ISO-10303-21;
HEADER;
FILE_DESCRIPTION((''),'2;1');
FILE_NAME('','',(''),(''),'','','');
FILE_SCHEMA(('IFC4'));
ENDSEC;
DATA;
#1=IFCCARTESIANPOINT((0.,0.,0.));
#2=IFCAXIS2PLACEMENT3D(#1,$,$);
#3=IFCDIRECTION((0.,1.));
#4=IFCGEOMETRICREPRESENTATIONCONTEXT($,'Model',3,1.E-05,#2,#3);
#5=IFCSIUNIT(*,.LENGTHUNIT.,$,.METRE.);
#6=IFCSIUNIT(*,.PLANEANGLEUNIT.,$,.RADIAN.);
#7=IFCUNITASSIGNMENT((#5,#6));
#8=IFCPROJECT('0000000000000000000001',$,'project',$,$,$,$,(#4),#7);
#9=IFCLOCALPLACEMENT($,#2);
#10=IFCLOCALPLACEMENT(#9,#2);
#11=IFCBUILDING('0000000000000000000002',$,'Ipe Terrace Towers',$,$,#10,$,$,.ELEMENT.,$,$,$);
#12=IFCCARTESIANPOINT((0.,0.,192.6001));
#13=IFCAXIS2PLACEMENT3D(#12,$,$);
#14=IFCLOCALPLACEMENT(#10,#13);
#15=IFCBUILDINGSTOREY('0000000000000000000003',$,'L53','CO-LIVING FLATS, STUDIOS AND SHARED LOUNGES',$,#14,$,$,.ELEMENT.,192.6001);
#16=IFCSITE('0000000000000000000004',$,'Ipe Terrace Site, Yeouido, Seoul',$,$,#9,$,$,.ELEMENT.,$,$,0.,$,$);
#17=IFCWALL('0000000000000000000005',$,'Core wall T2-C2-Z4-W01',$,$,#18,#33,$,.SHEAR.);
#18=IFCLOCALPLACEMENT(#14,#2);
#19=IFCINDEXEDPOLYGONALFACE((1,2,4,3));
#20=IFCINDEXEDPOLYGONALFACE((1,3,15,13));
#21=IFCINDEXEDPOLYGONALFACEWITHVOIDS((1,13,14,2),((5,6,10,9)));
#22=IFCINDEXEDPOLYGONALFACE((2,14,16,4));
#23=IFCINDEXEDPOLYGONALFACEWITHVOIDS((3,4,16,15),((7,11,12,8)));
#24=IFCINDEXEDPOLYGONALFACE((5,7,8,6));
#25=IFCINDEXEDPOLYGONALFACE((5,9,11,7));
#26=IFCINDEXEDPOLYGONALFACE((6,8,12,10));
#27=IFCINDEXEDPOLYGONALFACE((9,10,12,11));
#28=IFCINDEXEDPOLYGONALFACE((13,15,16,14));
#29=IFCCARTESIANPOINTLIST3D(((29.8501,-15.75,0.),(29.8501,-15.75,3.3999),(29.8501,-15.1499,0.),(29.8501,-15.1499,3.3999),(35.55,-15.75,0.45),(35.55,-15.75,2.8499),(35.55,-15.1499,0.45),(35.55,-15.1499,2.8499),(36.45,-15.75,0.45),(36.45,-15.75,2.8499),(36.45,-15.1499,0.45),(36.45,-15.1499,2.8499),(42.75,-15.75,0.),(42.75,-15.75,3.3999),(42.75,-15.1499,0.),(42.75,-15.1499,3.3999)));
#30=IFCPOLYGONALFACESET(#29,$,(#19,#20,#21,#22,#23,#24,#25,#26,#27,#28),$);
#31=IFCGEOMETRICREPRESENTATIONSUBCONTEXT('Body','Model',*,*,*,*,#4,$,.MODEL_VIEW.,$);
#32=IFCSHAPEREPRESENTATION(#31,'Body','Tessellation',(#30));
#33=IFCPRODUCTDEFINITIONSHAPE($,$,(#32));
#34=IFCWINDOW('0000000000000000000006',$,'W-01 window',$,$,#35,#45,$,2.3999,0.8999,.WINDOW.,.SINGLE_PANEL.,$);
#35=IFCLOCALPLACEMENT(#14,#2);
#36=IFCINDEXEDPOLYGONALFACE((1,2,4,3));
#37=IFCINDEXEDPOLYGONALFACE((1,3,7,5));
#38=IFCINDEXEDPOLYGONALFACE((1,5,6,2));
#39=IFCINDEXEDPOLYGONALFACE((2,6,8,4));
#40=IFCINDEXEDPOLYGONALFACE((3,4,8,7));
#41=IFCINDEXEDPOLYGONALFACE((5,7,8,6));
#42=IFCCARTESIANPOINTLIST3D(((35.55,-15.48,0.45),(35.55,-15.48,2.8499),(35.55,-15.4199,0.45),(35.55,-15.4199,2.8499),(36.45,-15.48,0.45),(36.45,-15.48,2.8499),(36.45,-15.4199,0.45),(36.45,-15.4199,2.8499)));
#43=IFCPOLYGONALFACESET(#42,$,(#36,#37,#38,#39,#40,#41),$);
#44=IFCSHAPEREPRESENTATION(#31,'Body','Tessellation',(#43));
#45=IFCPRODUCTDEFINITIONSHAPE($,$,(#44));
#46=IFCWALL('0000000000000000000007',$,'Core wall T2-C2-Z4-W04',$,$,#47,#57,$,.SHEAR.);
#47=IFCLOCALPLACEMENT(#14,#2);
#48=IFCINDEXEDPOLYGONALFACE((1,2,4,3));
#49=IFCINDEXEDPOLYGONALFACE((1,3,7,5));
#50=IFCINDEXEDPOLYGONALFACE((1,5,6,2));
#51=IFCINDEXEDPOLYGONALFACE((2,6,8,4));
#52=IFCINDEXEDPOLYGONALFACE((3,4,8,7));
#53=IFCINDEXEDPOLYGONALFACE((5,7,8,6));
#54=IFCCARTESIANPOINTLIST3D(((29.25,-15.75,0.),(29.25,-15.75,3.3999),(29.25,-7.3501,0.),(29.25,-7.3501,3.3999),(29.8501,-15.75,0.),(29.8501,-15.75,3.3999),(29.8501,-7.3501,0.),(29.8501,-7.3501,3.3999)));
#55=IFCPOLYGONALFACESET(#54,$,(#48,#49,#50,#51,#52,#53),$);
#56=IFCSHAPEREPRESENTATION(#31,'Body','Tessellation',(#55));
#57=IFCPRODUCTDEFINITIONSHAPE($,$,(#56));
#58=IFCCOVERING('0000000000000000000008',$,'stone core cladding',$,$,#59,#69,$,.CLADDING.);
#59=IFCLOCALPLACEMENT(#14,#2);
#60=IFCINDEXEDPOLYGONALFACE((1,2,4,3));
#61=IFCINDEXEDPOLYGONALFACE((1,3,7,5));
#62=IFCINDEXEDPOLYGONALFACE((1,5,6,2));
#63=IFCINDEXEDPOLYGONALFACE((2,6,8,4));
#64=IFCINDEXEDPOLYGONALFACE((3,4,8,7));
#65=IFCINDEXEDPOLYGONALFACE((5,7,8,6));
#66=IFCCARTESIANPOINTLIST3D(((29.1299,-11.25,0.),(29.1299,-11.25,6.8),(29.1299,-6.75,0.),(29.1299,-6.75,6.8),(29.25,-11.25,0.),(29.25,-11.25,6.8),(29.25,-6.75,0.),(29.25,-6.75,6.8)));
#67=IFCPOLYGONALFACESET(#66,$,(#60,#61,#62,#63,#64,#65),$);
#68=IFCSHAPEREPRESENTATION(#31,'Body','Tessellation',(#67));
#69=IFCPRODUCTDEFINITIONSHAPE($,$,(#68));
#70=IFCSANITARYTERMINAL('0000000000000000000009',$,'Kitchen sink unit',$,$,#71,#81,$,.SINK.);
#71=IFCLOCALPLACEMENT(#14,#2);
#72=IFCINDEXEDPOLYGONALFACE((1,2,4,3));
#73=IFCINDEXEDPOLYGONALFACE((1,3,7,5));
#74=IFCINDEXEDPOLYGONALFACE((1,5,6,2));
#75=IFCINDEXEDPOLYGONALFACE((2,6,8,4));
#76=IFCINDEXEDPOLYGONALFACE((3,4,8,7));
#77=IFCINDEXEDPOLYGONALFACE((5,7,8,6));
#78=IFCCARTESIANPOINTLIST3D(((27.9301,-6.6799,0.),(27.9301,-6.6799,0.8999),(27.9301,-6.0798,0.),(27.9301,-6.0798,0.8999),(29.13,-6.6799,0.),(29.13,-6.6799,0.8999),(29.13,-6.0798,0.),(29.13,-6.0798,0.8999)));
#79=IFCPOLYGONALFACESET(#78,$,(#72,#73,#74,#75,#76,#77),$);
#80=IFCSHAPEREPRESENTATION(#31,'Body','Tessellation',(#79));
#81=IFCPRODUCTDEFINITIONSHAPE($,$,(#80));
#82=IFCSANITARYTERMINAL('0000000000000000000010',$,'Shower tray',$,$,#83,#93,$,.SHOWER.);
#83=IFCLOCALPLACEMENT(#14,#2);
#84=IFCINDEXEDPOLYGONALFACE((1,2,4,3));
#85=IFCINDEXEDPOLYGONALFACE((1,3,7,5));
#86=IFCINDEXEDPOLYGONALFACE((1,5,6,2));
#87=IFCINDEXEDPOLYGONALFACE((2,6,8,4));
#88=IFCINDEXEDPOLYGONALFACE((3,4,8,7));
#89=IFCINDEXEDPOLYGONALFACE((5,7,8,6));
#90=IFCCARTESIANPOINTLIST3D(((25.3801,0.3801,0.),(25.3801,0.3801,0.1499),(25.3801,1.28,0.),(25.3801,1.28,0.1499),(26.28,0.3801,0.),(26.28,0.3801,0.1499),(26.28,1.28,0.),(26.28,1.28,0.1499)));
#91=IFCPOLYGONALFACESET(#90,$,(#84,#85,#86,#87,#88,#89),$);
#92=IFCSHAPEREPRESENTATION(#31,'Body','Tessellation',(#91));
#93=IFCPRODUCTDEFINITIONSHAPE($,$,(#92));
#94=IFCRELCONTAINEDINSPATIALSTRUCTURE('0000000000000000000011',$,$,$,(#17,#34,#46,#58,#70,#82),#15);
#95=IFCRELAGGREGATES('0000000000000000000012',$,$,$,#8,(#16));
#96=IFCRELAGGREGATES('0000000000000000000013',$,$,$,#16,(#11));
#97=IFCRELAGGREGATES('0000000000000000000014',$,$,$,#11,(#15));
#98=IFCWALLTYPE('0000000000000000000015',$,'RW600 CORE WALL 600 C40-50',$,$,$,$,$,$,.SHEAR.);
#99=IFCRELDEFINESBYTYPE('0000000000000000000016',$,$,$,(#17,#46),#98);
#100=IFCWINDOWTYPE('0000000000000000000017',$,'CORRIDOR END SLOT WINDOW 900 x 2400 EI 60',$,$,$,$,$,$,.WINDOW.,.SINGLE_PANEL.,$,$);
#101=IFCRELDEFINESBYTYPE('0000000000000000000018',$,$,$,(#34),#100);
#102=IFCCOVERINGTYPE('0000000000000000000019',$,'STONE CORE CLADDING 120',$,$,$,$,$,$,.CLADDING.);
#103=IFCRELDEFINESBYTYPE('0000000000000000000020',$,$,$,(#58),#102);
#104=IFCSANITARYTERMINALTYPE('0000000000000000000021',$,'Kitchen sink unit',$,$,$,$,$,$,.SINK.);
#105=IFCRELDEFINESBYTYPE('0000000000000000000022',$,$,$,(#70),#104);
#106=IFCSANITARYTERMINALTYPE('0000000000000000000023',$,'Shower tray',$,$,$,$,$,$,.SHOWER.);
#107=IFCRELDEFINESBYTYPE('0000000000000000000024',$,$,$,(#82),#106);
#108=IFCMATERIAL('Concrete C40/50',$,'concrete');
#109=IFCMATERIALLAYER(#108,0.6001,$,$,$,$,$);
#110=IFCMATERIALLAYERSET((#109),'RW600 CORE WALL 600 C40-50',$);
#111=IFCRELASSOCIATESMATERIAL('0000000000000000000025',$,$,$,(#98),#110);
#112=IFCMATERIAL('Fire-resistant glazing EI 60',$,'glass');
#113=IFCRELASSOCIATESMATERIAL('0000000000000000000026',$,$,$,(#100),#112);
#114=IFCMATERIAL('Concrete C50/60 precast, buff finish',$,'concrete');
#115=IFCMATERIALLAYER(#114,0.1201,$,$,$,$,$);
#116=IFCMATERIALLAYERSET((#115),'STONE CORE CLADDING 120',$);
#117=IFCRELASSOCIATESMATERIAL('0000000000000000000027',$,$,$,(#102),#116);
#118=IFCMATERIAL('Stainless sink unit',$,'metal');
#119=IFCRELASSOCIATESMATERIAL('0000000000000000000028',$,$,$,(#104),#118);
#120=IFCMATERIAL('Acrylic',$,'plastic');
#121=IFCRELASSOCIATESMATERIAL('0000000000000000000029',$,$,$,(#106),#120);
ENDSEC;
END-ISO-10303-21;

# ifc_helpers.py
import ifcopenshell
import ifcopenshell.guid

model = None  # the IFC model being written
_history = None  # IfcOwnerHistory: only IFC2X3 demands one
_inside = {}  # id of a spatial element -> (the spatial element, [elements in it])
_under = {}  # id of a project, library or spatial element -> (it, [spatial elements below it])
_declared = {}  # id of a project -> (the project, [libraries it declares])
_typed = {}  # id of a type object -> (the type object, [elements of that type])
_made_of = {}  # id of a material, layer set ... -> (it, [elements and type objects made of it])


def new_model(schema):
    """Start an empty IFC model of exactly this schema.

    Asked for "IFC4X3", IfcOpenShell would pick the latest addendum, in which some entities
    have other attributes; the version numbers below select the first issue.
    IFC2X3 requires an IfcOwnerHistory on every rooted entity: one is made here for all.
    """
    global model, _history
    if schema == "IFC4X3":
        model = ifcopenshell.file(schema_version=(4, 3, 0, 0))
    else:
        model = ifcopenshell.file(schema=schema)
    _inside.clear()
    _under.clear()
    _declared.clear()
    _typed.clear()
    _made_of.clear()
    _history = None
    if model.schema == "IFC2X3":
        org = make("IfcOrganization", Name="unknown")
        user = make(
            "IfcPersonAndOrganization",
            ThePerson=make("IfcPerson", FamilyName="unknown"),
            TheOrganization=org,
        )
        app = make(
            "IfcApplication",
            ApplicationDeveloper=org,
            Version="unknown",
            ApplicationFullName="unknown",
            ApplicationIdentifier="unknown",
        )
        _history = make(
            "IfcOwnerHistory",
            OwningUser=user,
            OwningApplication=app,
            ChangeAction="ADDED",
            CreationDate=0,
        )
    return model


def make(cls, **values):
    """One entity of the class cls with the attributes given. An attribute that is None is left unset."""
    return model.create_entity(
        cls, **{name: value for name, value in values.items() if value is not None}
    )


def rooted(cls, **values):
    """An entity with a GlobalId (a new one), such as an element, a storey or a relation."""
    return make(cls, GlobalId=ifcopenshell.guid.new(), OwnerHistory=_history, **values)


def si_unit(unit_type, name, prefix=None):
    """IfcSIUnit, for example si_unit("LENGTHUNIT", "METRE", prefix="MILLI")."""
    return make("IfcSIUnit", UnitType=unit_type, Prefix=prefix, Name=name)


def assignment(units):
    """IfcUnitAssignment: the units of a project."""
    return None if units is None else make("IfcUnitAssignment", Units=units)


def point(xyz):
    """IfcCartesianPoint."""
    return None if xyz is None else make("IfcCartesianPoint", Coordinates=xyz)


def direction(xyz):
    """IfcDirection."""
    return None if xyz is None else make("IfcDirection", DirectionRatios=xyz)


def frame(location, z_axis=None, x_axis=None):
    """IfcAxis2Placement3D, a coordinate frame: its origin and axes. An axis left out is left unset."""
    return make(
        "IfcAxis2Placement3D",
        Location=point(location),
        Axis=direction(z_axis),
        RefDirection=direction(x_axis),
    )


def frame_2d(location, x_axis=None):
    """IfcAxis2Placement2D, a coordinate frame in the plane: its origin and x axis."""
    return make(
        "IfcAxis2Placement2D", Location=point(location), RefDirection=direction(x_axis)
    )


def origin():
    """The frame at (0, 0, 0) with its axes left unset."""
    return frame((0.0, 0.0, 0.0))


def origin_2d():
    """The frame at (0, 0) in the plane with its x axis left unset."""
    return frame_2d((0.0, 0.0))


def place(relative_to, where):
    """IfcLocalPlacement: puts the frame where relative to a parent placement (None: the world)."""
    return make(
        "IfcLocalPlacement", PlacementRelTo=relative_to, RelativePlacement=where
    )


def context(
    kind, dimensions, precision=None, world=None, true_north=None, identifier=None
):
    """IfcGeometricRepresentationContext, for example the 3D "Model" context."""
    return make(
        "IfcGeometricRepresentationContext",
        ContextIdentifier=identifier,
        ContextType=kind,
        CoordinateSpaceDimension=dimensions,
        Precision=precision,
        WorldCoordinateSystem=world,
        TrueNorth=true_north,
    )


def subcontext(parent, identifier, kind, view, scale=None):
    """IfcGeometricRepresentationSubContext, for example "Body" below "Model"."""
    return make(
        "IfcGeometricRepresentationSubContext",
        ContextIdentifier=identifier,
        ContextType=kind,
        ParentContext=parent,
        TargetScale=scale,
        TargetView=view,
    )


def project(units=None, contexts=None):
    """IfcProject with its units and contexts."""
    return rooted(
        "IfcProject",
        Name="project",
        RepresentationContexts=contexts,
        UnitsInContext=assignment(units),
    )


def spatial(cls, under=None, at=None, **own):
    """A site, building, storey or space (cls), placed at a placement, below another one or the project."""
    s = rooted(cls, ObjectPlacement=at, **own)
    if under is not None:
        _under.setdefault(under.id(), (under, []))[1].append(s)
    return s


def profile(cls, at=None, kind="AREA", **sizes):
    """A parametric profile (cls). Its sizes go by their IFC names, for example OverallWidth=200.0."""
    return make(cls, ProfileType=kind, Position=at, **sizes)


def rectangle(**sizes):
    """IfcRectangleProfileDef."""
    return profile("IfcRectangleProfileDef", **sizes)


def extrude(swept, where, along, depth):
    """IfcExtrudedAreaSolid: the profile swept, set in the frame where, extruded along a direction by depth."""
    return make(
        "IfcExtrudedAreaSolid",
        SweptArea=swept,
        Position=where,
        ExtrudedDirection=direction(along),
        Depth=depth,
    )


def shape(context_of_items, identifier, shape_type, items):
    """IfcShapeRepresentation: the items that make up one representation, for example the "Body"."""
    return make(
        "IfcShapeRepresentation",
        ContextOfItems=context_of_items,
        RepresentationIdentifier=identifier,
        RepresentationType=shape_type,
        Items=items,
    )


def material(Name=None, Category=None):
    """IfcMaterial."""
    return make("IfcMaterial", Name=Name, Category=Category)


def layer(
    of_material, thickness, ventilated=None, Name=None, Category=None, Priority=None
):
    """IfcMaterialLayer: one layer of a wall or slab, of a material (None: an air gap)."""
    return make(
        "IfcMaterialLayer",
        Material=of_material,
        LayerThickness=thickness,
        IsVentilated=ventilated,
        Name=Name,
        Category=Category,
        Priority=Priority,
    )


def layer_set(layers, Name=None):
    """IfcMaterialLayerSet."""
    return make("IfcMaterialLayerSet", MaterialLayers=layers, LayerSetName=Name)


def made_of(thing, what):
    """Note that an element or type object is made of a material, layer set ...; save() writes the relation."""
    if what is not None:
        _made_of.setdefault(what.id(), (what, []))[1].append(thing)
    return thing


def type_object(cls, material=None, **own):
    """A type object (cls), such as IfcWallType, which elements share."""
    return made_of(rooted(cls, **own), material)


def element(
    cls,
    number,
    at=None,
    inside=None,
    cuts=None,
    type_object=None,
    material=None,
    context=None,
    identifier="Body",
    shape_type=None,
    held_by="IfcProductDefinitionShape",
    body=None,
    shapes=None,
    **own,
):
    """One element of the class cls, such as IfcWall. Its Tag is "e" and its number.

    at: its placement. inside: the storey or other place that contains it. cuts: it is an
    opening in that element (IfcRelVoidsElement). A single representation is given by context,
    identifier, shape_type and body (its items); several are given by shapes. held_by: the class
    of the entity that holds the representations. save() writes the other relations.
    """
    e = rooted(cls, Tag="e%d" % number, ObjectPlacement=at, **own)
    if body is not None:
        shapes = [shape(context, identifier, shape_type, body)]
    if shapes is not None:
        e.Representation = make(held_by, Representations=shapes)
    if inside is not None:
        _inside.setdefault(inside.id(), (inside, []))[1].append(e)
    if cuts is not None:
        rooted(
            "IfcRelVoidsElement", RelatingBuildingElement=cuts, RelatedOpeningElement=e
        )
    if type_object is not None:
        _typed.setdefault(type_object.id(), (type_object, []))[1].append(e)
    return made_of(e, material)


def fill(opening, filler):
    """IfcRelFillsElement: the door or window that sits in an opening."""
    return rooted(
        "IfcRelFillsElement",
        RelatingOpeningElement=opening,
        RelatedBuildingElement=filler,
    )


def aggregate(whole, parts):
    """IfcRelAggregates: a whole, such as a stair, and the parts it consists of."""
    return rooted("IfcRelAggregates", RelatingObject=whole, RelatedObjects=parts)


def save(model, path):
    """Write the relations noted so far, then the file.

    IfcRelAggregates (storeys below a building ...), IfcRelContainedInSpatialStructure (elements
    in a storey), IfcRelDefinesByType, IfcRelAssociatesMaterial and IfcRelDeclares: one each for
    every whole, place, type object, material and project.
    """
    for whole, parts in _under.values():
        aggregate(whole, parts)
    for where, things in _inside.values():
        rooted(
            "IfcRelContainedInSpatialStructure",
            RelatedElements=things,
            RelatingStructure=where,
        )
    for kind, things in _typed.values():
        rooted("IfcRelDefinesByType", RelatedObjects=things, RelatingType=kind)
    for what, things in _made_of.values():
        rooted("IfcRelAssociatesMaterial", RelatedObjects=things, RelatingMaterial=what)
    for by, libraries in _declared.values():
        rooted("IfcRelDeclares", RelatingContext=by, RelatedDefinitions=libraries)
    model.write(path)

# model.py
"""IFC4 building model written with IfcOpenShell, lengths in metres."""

from ifc_helpers import new_model, si_unit, direction, frame, frame_2d, origin, origin_2d, place, context, subcontext, project, spatial, rectangle, extrude, material, layer, layer_set, type_object, element, fill, save


model = new_model("IFC4")

# Units and contexts
model_context = context("Model", 3, precision=1e-05, world=origin(), true_north=direction((0.0, 1.0)))
body_context = subcontext(model_context, "Body", "Model", "MODEL_VIEW")
ifc_project = project(units=[si_unit("LENGTHUNIT", "METRE"), si_unit("PLANEANGLEUNIT", "RADIAN")], contexts=[model_context])

# Site, building, storey
site_placement = place(None, origin())
site = spatial("IfcSite", under=ifc_project, at=site_placement, Name="Ipe Terrace Site, Yeouido, Seoul", CompositionType="ELEMENT", RefElevation=0.0)
building_placement = place(site_placement, origin())
building = spatial("IfcBuilding", under=site, at=building_placement, Name="Ipe Terrace Towers", CompositionType="ELEMENT")
storey_placement = place(building_placement, frame((0.0, 0.0, 192.6001)))
storey = spatial("IfcBuildingStorey", under=building, at=storey_placement, Name="L53", Description="CO-LIVING FLATS, STUDIOS AND SHARED LOUNGES", CompositionType="ELEMENT", Elevation=192.6001)

# Wall, opening, window
ifc_material_1 = material(Name="Concrete C40/50", Category="concrete")
ifc_layer_1 = layer(ifc_material_1, 0.6001)
ifc_layer_set_1 = layer_set([ifc_layer_1], Name="RW600 CORE WALL 600 C40-50")
wall_type_1 = type_object("IfcWallType", Name="RW600 CORE WALL 600 C40-50", PredefinedType="SHEAR", material=ifc_layer_set_1)
wall_1_placement = place(storey_placement, frame((29.8501, -15.45, 0.0), z_axis=(0.0, 0.0, 1.0), x_axis=(1.0, 0.0, 0.0)))
wall_1 = element("IfcWall", 1, at=wall_1_placement, inside=storey, type_object=wall_type_1, Name="Core wall T2-C2-Z4-W01", PredefinedType="SHEAR", context=body_context, shape_type="SweptSolid", body=[
    extrude(rectangle(XDim=12.8999, YDim=0.6001, at=frame_2d((6.45, 0.0))), origin(), (0.0, 0.0, 1.0), 3.3999),
])
opening_1_placement = place(wall_1_placement, frame((5.7, 0.0, 0.45)))
opening_1 = element("IfcOpeningElement", 2, at=opening_1_placement, cuts=wall_1, PredefinedType="OPENING", context=body_context, shape_type="SweptSolid", body=[
    extrude(rectangle(XDim=0.8999, YDim=2.3999, at=frame_2d((0.45, 1.2))), frame((0.0, 0.3101, 0.0), z_axis=(0.0, -1.0, 0.0), x_axis=(1.0, 0.0, 0.0)), (0.0, 0.0, 1.0), 0.6201),
])
ifc_material_2 = material(Name="Fire-resistant glazing EI 60", Category="glass")
window_type = type_object("IfcWindowType", Name="CORRIDOR END SLOT WINDOW 900 x 2400 EI 60", PartitioningType="SINGLE_PANEL", PredefinedType="WINDOW", material=ifc_material_2)
window_placement = place(opening_1_placement, origin())
window = element("IfcWindow", 3, at=window_placement, inside=storey, type_object=window_type, Name="W-01 window", OverallHeight=2.3999, OverallWidth=0.8999, PartitioningType="SINGLE_PANEL", PredefinedType="WINDOW", context=body_context, shape_type="SweptSolid", body=[
    extrude(rectangle(XDim=0.8999, YDim=2.3999, at=frame_2d((0.45, 1.2))), frame((0.0, 0.03, 0.0), z_axis=(0.0, -1.0, 0.0), x_axis=(1.0, 0.0, 0.0)), (0.0, 0.0, 1.0), 0.0601),
])
fill(opening_1, window)

# Wall
wall_2_placement = place(storey_placement, frame((29.55, -7.3501, 0.0), z_axis=(0.0, 0.0, 1.0), x_axis=(0.0, -1.0, 0.0)))
element("IfcWall", 4, at=wall_2_placement, inside=storey, type_object=wall_type_1, Name="Core wall T2-C2-Z4-W04", PredefinedType="SHEAR", context=body_context, shape_type="SweptSolid", body=[
    extrude(rectangle(XDim=8.3999, YDim=0.6001, at=frame_2d((4.2, 0.0))), origin(), (0.0, 0.0, 1.0), 3.3999),
])

# Covering
ifc_material_3 = material(Name="Concrete C50/60 precast, buff finish", Category="concrete")
ifc_layer_2 = layer(ifc_material_3, 0.1201)
ifc_layer_set_2 = layer_set([ifc_layer_2], Name="STONE CORE CLADDING 120")
covering_type = type_object("IfcCoveringType", Name="STONE CORE CLADDING 120", PredefinedType="CLADDING", material=ifc_layer_set_2)
covering_placement = place(storey_placement, frame((29.1899, -9.0, 0.0), z_axis=(0.0, 0.0, 1.0), x_axis=(0.0, -1.0, 0.0)))
element("IfcCovering", 5, at=covering_placement, inside=storey, type_object=covering_type, Name="stone core cladding", PredefinedType="CLADDING", context=body_context, shape_type="SweptSolid", body=[
    extrude(rectangle(XDim=4.5, YDim=0.1201, at=origin_2d()), origin(), (0.0, 0.0, 1.0), 6.8),
])

# Sanitary terminals
ifc_material_4 = material(Name="Stainless sink unit", Category="metal")
sanitary_terminal_type_1 = type_object("IfcSanitaryTerminalType", Name="Kitchen sink unit", PredefinedType="SINK", material=ifc_material_4)
sanitary_terminal_1_placement = place(storey_placement, frame((28.53, -6.3799, 0.0), z_axis=(0.0, 0.0, 1.0), x_axis=(-1.0, 0.0, 0.0)))
element("IfcSanitaryTerminal", 6, at=sanitary_terminal_1_placement, inside=storey, type_object=sanitary_terminal_type_1, Name="Kitchen sink unit", PredefinedType="SINK", context=body_context, shape_type="SweptSolid", body=[
    extrude(rectangle(XDim=1.2, YDim=0.6001, at=origin_2d()), origin(), (0.0, 0.0, 1.0), 0.8999),
])
ifc_material_5 = material(Name="Acrylic", Category="plastic")
sanitary_terminal_type_2 = type_object("IfcSanitaryTerminalType", Name="Shower tray", PredefinedType="SHOWER", material=ifc_material_5)
sanitary_terminal_2_placement = place(storey_placement, frame((25.8301, 0.8301, 0.0), z_axis=(0.0, 0.0, 1.0), x_axis=(0.0, -1.0, 0.0)))
element("IfcSanitaryTerminal", 7, at=sanitary_terminal_2_placement, inside=storey, type_object=sanitary_terminal_type_2, Name="Shower tray", PredefinedType="SHOWER", context=body_context, shape_type="SweptSolid", body=[
    extrude(rectangle(XDim=0.8999, YDim=0.8999, at=origin_2d()), origin(), (0.0, 0.0, 1.0), 0.1499),
])

save(model, "model.ifc")
